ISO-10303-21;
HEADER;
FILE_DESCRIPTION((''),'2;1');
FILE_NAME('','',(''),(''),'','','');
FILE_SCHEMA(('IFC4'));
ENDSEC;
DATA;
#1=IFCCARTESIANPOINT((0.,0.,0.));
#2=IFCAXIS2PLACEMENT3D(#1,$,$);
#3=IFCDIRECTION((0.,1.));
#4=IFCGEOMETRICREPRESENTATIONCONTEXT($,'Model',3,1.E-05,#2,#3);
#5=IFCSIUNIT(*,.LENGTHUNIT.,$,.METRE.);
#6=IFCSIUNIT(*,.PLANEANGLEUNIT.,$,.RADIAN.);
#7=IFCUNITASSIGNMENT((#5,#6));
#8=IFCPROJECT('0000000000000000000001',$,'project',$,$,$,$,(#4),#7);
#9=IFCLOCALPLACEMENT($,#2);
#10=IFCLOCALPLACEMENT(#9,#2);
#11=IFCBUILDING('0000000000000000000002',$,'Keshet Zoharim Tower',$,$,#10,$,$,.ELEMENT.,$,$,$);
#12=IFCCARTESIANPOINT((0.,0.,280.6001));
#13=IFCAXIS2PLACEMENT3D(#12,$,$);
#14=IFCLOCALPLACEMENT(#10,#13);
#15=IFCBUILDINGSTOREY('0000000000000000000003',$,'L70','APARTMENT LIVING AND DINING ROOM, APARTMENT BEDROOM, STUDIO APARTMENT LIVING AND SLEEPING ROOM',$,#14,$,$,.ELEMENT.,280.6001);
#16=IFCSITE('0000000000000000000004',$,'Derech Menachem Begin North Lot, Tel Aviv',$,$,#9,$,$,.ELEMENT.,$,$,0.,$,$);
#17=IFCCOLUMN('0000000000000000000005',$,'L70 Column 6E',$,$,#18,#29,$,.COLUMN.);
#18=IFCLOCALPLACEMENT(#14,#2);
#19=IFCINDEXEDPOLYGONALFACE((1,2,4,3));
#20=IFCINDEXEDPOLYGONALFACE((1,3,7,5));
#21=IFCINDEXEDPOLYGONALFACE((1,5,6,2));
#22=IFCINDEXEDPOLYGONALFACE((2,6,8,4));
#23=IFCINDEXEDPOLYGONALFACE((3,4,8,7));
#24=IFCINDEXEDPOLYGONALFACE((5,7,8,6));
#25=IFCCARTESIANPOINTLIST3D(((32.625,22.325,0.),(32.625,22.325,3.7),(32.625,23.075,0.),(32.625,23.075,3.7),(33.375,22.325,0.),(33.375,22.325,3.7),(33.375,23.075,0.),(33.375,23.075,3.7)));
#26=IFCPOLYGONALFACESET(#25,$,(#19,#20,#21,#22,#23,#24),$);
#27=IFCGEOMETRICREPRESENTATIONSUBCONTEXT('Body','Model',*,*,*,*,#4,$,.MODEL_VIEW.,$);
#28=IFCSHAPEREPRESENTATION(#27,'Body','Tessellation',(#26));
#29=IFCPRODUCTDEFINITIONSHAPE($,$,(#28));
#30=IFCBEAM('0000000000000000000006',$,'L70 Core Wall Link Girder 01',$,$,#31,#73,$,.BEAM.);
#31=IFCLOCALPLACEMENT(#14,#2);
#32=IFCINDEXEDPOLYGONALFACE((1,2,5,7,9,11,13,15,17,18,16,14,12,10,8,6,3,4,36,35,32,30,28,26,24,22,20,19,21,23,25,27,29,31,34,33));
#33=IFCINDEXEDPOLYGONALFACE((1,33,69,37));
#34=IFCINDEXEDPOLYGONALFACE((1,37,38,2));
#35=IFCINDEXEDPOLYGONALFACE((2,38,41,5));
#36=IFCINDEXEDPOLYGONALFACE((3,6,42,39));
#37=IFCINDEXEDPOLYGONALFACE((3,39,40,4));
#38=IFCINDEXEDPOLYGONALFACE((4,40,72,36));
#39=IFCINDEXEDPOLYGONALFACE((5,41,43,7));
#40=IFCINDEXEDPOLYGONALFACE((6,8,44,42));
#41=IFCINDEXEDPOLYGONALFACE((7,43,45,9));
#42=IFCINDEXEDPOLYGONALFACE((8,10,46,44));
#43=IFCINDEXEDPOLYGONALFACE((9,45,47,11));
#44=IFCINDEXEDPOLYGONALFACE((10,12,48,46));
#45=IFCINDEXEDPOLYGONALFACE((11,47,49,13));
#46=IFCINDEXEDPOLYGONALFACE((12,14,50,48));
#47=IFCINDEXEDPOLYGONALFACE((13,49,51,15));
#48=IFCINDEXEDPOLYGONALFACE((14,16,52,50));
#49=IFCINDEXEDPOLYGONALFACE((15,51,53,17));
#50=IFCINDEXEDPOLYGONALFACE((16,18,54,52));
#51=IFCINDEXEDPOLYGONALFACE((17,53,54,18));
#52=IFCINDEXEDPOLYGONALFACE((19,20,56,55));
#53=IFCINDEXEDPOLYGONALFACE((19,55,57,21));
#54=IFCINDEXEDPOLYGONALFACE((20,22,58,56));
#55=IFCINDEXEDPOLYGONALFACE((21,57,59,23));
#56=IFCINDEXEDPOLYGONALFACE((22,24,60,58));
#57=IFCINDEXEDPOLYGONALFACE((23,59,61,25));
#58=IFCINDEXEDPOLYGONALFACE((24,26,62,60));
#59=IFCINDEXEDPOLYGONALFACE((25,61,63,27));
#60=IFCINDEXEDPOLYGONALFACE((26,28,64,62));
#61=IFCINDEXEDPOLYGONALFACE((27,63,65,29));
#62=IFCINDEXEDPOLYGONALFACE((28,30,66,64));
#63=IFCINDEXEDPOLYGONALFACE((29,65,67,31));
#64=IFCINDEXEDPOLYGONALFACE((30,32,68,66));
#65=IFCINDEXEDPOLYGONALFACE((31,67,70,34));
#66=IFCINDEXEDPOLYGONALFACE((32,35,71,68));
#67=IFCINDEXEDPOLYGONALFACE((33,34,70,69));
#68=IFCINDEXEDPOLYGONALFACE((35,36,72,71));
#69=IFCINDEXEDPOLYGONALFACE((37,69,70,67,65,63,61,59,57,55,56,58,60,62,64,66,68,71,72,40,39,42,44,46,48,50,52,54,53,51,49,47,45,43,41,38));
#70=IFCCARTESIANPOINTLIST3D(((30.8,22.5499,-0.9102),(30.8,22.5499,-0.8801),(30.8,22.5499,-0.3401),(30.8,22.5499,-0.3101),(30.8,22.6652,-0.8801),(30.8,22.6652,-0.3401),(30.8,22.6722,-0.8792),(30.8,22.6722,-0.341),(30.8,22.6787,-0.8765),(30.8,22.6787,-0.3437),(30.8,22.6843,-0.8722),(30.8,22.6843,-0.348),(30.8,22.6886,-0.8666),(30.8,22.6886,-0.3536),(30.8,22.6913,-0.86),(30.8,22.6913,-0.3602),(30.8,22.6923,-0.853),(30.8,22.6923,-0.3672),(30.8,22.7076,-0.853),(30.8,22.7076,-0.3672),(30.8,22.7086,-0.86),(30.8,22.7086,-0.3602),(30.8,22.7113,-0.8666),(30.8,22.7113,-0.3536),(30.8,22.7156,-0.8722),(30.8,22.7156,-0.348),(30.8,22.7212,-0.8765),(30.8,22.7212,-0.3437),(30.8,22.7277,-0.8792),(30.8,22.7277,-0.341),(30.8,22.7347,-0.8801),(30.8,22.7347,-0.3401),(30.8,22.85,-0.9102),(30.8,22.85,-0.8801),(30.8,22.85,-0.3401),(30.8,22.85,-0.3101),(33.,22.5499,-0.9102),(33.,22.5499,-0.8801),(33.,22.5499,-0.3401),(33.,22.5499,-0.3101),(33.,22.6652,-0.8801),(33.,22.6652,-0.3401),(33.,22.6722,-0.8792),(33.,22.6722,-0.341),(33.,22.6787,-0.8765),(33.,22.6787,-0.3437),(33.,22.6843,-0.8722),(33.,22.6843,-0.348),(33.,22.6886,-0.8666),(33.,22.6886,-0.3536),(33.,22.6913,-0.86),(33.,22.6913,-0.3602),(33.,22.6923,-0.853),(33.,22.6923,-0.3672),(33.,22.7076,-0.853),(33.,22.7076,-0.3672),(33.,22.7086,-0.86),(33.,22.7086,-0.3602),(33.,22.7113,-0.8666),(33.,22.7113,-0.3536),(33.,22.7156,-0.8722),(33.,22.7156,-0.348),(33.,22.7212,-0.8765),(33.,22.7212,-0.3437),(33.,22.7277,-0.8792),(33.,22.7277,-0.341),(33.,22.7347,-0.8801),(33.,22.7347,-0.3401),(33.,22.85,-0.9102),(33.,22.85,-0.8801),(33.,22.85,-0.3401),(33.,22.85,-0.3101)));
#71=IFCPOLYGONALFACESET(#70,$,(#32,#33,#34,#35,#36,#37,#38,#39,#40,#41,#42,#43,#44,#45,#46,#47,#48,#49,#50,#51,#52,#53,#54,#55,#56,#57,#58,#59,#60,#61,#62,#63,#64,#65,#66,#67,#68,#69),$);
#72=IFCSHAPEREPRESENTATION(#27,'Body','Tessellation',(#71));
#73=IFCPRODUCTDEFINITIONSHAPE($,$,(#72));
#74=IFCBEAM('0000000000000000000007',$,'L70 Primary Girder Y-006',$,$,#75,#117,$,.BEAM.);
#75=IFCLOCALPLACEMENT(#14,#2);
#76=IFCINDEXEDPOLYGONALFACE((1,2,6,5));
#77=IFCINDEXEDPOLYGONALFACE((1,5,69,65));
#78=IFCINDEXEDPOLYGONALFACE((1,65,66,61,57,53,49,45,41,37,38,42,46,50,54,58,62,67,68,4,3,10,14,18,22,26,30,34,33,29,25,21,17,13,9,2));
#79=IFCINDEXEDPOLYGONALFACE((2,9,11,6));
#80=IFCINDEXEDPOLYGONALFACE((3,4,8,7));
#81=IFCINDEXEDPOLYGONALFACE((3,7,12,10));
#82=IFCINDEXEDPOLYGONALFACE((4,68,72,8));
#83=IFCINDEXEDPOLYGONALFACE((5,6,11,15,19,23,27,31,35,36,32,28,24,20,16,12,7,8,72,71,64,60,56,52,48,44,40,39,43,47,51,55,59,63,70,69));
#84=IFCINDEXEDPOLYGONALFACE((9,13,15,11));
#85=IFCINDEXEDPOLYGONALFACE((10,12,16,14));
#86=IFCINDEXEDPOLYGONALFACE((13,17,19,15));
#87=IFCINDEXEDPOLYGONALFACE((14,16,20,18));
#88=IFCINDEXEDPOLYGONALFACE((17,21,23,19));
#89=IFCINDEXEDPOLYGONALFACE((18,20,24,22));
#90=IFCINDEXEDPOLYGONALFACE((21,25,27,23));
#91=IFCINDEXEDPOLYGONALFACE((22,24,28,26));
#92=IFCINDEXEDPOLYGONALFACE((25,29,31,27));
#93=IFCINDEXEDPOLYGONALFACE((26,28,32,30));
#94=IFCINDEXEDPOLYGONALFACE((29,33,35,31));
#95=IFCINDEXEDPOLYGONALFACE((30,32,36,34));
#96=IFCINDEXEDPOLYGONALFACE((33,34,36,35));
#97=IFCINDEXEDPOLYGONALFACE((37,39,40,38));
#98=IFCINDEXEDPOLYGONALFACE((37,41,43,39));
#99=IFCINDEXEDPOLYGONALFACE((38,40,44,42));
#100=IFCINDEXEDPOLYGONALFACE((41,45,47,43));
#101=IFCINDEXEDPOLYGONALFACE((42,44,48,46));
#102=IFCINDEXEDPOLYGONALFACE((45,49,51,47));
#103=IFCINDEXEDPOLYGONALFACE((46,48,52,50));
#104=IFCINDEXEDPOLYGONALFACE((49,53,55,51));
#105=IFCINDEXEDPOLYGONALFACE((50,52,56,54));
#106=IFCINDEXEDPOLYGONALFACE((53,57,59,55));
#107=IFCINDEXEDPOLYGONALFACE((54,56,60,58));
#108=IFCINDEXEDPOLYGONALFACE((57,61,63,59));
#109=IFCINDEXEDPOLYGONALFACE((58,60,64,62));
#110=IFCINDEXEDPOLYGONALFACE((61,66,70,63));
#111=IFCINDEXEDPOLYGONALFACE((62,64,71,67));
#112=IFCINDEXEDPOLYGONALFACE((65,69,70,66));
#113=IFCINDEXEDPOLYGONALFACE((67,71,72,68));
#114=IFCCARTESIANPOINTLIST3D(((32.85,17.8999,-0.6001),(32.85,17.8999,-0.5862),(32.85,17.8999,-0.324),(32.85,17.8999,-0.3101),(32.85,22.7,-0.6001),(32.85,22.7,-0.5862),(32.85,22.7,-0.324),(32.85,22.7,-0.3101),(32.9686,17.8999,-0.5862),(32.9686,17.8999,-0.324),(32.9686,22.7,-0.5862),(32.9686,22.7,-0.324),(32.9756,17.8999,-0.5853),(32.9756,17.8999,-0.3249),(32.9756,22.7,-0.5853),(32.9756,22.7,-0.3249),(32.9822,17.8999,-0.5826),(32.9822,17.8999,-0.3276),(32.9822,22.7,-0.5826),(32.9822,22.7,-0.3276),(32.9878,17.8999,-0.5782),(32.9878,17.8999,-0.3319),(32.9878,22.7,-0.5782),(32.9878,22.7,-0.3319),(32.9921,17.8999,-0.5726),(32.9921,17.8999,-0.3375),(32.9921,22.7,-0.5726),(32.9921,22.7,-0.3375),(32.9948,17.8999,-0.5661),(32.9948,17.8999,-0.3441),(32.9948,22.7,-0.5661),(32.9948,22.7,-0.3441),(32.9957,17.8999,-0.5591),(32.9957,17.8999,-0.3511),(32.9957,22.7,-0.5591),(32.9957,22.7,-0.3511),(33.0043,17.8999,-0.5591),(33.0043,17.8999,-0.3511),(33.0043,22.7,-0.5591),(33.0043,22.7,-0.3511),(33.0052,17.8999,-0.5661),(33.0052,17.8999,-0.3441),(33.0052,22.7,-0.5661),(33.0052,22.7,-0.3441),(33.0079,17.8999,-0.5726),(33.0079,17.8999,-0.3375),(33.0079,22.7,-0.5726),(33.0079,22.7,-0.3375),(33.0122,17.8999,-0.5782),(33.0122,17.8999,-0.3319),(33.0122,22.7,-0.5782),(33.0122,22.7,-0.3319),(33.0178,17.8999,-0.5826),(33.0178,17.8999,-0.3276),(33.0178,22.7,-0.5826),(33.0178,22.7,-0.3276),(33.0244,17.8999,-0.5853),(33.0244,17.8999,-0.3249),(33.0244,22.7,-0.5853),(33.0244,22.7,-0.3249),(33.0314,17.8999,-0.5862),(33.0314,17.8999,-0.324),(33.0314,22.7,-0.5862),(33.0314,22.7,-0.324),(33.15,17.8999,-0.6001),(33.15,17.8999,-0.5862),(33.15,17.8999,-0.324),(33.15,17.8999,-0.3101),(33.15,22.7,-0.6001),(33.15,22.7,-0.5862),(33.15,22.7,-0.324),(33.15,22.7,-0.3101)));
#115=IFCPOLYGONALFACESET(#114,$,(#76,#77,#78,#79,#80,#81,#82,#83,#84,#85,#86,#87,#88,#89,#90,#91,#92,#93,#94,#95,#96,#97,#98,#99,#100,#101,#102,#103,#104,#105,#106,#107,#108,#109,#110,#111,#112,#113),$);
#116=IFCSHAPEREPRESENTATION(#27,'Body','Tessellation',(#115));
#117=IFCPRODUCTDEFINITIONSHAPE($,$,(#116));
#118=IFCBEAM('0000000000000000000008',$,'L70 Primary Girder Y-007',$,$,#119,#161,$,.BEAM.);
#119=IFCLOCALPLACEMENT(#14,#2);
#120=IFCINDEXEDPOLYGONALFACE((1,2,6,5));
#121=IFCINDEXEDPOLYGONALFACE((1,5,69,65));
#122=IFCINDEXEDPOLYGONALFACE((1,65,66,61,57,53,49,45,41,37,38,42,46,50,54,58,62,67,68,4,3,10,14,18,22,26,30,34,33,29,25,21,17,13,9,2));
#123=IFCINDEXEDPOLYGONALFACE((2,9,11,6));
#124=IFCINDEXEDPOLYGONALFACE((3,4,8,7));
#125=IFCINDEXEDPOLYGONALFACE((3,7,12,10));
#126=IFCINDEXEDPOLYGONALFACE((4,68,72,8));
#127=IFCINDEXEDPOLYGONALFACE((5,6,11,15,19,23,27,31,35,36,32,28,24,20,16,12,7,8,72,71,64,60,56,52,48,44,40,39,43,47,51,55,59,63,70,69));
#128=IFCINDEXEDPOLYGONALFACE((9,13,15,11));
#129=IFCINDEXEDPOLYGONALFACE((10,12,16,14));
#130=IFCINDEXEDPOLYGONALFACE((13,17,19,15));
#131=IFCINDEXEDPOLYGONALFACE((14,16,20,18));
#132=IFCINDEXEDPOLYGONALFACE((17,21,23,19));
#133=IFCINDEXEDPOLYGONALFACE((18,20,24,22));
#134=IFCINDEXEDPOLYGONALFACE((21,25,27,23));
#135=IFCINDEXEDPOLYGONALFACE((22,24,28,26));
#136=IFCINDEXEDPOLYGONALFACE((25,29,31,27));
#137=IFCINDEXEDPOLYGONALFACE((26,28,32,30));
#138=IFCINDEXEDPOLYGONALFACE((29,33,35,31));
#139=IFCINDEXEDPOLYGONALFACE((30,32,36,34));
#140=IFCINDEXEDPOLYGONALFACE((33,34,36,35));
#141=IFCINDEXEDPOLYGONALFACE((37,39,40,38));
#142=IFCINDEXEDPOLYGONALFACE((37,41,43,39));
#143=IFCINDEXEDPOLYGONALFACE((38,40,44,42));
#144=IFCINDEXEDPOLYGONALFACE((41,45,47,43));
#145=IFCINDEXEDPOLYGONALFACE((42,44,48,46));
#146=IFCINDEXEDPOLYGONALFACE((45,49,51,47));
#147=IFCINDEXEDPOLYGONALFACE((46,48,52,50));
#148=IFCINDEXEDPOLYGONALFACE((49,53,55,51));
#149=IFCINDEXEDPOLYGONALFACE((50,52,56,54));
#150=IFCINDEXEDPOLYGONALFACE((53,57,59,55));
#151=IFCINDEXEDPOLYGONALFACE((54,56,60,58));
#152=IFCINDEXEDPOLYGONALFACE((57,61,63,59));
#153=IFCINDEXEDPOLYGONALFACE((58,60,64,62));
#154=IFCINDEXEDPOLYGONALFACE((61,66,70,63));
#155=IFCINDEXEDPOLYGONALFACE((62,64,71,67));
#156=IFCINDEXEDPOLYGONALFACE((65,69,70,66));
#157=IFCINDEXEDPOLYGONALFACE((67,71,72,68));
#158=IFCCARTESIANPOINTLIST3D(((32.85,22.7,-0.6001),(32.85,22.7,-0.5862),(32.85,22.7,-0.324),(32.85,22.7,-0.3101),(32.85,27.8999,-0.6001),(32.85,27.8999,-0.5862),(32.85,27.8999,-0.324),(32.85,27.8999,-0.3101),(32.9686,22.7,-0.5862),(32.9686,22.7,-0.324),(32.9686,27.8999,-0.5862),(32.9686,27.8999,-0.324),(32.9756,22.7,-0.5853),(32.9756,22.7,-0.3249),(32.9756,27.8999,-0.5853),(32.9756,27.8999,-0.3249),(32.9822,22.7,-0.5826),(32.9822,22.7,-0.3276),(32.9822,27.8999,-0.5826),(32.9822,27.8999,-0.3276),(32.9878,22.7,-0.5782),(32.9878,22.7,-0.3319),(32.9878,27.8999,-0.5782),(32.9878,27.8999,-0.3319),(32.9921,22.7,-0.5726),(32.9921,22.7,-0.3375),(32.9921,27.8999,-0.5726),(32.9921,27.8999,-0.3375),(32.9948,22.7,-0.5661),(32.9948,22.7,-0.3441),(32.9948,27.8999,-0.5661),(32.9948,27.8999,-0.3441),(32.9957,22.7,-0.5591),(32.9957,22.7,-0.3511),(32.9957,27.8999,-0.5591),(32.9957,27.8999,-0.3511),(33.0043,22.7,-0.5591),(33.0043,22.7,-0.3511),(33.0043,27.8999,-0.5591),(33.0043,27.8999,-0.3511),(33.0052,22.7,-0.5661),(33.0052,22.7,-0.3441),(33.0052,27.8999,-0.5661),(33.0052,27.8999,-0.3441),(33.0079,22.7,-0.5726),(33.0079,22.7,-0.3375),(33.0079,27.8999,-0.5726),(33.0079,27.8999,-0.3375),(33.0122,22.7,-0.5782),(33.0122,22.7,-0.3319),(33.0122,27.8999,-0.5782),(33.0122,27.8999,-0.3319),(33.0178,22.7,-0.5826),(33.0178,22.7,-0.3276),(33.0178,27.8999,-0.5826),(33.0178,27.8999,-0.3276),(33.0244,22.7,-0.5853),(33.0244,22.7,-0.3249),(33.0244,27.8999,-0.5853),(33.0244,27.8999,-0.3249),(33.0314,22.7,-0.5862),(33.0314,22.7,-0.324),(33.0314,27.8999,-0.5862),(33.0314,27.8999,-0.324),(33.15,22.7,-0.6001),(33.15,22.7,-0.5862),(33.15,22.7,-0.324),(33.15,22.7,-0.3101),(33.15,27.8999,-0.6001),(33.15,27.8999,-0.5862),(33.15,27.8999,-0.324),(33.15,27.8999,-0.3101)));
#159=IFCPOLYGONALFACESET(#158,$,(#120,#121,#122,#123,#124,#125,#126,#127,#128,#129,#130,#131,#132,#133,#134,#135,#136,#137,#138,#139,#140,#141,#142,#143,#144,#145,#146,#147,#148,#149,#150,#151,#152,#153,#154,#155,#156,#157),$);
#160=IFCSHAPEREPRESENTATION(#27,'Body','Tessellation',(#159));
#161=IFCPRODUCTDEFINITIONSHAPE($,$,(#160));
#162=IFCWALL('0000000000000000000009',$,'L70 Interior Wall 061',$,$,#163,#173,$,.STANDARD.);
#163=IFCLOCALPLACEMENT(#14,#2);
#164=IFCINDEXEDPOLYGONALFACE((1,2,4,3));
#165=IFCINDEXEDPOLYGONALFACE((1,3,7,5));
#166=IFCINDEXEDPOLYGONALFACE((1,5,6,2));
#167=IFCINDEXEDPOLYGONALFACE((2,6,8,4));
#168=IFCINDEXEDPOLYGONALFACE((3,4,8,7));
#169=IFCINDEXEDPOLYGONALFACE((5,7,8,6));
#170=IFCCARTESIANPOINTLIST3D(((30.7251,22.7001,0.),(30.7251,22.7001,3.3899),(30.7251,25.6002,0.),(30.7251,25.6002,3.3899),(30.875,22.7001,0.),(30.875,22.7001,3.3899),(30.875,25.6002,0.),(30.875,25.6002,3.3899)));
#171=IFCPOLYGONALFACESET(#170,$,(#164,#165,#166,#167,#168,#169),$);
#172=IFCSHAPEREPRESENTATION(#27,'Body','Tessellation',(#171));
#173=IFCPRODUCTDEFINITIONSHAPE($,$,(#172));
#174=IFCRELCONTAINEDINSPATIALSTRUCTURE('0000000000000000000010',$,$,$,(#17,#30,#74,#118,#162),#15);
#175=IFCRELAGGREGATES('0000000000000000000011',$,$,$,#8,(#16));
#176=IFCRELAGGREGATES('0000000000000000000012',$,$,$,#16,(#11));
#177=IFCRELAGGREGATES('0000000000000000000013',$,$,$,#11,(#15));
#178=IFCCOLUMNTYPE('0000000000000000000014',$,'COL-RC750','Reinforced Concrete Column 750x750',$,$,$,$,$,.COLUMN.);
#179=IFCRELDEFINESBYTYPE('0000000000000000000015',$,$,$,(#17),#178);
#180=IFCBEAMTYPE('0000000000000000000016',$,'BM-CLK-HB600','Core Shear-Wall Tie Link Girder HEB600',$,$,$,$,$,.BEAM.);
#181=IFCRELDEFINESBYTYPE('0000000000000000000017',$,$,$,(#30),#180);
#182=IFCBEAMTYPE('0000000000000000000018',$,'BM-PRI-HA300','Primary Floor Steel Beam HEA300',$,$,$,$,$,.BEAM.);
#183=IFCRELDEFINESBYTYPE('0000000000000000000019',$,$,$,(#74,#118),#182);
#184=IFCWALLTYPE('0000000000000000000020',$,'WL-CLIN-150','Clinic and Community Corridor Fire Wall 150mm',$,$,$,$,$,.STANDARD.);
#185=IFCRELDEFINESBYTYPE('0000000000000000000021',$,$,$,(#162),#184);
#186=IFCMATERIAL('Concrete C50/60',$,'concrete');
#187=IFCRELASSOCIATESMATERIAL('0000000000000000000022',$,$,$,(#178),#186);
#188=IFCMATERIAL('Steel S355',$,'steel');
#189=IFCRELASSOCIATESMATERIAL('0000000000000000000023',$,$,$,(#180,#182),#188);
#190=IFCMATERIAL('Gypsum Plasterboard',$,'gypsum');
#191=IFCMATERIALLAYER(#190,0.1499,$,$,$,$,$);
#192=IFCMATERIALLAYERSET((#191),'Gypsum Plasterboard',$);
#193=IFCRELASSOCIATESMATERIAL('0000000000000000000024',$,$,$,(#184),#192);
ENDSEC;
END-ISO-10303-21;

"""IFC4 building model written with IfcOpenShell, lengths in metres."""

from ifc_helpers import new_model, si_unit, direction, frame, frame_2d, origin, origin_2d, place, context, subcontext, project, spatial, rectangle, i_section, extrude, material, layer, layer_set, material_profile, profile_set, type_object, element, save


model = new_model("IFC4")

# Units and contexts
model_context = context("Model", 3, precision=1e-05, world=origin(), true_north=direction((0.0, 1.0)))
body_context = subcontext(model_context, "Body", "Model", "MODEL_VIEW")
ifc_project = project(units=[si_unit("LENGTHUNIT", "METRE"), si_unit("PLANEANGLEUNIT", "RADIAN")], contexts=[model_context])

# Site, building, storey
site_placement = place(None, origin())
site = spatial("IfcSite", under=ifc_project, at=site_placement, Name="Derech Menachem Begin North Lot, Tel Aviv", CompositionType="ELEMENT", RefElevation=0.0)
building_placement = place(site_placement, origin())
building = spatial("IfcBuilding", under=site, at=building_placement, Name="Keshet Zoharim Tower", CompositionType="ELEMENT")
storey_placement = place(building_placement, frame((0.0, 0.0, 280.6001)))
storey = spatial("IfcBuildingStorey", under=building, at=storey_placement, Name="L70", Description="APARTMENT LIVING AND DINING ROOM, APARTMENT BEDROOM, STUDIO APARTMENT LIVING AND SLEEPING ROOM", CompositionType="ELEMENT", Elevation=280.6001)

# Column
ifc_material_1 = material(Name="Concrete C50/60", Category="concrete")
ifc_material_profile_1 = material_profile(ifc_material_1, rectangle(XDim=0.75, YDim=0.75, at=origin_2d()), Name="RC750x750")
ifc_profile_set_1 = profile_set([ifc_material_profile_1], Name="Concrete C50/60")
column_type = type_object("IfcColumnType", Name="COL-RC750", Description="Reinforced Concrete Column 750x750", PredefinedType="COLUMN", material=ifc_profile_set_1)
column_placement = place(storey_placement, frame((33.0, 22.7, 0.0), z_axis=(0.0, 0.0, 1.0), x_axis=(1.0, 0.0, 0.0)))
element("IfcColumn", 1, at=column_placement, inside=storey, type_object=column_type, Name="L70 Column 6E", PredefinedType="COLUMN", context=body_context, shape_type="SweptSolid", body=[
    extrude(rectangle(XDim=0.75, YDim=0.75, at=origin_2d()), origin(), (0.0, 0.0, 1.0), 3.7),
])

# Beams
ifc_material_2 = material(Name="Steel S355", Category="steel")
ifc_material_profile_2 = material_profile(ifc_material_2, i_section(OverallWidth=0.3, OverallDepth=0.6001, WebThickness=0.0154, FlangeThickness=0.03, FilletRadius=0.0271, at=origin_2d()), Name="HEB600")
ifc_profile_set_2 = profile_set([ifc_material_profile_2], Name="Steel S355")
beam_type_1 = type_object("IfcBeamType", Name="BM-CLK-HB600", Description="Core Shear-Wall Tie Link Girder HEB600", PredefinedType="BEAM", material=ifc_profile_set_2)
beam_1_placement = place(storey_placement, frame((30.8, 22.7, -0.6101), z_axis=(1.0, 0.0, 0.0), x_axis=(0.0, 1.0, 0.0)))
element("IfcBeam", 2, at=beam_1_placement, inside=storey, type_object=beam_type_1, Name="L70 Core Wall Link Girder 01", PredefinedType="BEAM", context=body_context, shape_type="SweptSolid", body=[
    extrude(i_section(OverallWidth=0.3, OverallDepth=0.6001, WebThickness=0.0154, FlangeThickness=0.03, FilletRadius=0.0271, at=origin_2d()), origin(), (0.0, 0.0, 1.0), 2.2),
])
ifc_material_profile_3 = material_profile(ifc_material_2, i_section(OverallWidth=0.3, OverallDepth=0.29, WebThickness=0.0085, FlangeThickness=0.0139, FilletRadius=0.0271, at=origin_2d()), Name="HEA300")
ifc_profile_set_3 = profile_set([ifc_material_profile_3], Name="Steel S355")
beam_type_2 = type_object("IfcBeamType", Name="BM-PRI-HA300", Description="Primary Floor Steel Beam HEA300", PredefinedType="BEAM", material=ifc_profile_set_3)
beam_2_placement = place(storey_placement, frame((33.0, 17.8999, -0.4551), z_axis=(0.0, 1.0, 0.0), x_axis=(-1.0, 0.0, 0.0)))
element("IfcBeam", 3, at=beam_2_placement, inside=storey, type_object=beam_type_2, Name="L70 Primary Girder Y-006", PredefinedType="BEAM", context=body_context, shape_type="SweptSolid", body=[
    extrude(i_section(OverallWidth=0.3, OverallDepth=0.29, WebThickness=0.0085, FlangeThickness=0.0139, FilletRadius=0.0271, at=origin_2d()), origin(), (0.0, 0.0, 1.0), 4.8),
])
beam_3_placement = place(storey_placement, frame((33.0, 22.7, -0.4551), z_axis=(0.0, 1.0, 0.0), x_axis=(-1.0, 0.0, 0.0)))
element("IfcBeam", 4, at=beam_3_placement, inside=storey, type_object=beam_type_2, Name="L70 Primary Girder Y-007", PredefinedType="BEAM", context=body_context, shape_type="SweptSolid", body=[
    extrude(i_section(OverallWidth=0.3, OverallDepth=0.29, WebThickness=0.0085, FlangeThickness=0.0139, FilletRadius=0.0271, at=origin_2d()), origin(), (0.0, 0.0, 1.0), 5.2),
])

# Wall
ifc_material_3 = material(Name="Gypsum Plasterboard", Category="gypsum")
ifc_layer_1 = layer(ifc_material_3, 0.1499)
ifc_layer_set_1 = layer_set([ifc_layer_1], Name="Gypsum Plasterboard")
wall_type_1 = type_object("IfcWallType", Name="WL-CLIN-150", Description="Clinic and Community Corridor Fire Wall 150mm", PredefinedType="STANDARD", material=ifc_layer_set_1)
wall_1_placement = place(storey_placement, frame((30.8, 22.7, 0.0), z_axis=(0.0, 0.0, 1.0), x_axis=(0.0, 1.0, 0.0)))
element("IfcWall", 5, at=wall_1_placement, inside=storey, type_object=wall_type_1, Name="L70 Interior Wall 061", PredefinedType="STANDARD", context=body_context, shape_type="SweptSolid", body=[
    extrude(rectangle(XDim=2.9001, YDim=0.1499, at=frame_2d((1.4502, 0.0))), origin(), (0.0, 0.0, 1.0), 3.3899),
])

save(model, "model.ifc")
